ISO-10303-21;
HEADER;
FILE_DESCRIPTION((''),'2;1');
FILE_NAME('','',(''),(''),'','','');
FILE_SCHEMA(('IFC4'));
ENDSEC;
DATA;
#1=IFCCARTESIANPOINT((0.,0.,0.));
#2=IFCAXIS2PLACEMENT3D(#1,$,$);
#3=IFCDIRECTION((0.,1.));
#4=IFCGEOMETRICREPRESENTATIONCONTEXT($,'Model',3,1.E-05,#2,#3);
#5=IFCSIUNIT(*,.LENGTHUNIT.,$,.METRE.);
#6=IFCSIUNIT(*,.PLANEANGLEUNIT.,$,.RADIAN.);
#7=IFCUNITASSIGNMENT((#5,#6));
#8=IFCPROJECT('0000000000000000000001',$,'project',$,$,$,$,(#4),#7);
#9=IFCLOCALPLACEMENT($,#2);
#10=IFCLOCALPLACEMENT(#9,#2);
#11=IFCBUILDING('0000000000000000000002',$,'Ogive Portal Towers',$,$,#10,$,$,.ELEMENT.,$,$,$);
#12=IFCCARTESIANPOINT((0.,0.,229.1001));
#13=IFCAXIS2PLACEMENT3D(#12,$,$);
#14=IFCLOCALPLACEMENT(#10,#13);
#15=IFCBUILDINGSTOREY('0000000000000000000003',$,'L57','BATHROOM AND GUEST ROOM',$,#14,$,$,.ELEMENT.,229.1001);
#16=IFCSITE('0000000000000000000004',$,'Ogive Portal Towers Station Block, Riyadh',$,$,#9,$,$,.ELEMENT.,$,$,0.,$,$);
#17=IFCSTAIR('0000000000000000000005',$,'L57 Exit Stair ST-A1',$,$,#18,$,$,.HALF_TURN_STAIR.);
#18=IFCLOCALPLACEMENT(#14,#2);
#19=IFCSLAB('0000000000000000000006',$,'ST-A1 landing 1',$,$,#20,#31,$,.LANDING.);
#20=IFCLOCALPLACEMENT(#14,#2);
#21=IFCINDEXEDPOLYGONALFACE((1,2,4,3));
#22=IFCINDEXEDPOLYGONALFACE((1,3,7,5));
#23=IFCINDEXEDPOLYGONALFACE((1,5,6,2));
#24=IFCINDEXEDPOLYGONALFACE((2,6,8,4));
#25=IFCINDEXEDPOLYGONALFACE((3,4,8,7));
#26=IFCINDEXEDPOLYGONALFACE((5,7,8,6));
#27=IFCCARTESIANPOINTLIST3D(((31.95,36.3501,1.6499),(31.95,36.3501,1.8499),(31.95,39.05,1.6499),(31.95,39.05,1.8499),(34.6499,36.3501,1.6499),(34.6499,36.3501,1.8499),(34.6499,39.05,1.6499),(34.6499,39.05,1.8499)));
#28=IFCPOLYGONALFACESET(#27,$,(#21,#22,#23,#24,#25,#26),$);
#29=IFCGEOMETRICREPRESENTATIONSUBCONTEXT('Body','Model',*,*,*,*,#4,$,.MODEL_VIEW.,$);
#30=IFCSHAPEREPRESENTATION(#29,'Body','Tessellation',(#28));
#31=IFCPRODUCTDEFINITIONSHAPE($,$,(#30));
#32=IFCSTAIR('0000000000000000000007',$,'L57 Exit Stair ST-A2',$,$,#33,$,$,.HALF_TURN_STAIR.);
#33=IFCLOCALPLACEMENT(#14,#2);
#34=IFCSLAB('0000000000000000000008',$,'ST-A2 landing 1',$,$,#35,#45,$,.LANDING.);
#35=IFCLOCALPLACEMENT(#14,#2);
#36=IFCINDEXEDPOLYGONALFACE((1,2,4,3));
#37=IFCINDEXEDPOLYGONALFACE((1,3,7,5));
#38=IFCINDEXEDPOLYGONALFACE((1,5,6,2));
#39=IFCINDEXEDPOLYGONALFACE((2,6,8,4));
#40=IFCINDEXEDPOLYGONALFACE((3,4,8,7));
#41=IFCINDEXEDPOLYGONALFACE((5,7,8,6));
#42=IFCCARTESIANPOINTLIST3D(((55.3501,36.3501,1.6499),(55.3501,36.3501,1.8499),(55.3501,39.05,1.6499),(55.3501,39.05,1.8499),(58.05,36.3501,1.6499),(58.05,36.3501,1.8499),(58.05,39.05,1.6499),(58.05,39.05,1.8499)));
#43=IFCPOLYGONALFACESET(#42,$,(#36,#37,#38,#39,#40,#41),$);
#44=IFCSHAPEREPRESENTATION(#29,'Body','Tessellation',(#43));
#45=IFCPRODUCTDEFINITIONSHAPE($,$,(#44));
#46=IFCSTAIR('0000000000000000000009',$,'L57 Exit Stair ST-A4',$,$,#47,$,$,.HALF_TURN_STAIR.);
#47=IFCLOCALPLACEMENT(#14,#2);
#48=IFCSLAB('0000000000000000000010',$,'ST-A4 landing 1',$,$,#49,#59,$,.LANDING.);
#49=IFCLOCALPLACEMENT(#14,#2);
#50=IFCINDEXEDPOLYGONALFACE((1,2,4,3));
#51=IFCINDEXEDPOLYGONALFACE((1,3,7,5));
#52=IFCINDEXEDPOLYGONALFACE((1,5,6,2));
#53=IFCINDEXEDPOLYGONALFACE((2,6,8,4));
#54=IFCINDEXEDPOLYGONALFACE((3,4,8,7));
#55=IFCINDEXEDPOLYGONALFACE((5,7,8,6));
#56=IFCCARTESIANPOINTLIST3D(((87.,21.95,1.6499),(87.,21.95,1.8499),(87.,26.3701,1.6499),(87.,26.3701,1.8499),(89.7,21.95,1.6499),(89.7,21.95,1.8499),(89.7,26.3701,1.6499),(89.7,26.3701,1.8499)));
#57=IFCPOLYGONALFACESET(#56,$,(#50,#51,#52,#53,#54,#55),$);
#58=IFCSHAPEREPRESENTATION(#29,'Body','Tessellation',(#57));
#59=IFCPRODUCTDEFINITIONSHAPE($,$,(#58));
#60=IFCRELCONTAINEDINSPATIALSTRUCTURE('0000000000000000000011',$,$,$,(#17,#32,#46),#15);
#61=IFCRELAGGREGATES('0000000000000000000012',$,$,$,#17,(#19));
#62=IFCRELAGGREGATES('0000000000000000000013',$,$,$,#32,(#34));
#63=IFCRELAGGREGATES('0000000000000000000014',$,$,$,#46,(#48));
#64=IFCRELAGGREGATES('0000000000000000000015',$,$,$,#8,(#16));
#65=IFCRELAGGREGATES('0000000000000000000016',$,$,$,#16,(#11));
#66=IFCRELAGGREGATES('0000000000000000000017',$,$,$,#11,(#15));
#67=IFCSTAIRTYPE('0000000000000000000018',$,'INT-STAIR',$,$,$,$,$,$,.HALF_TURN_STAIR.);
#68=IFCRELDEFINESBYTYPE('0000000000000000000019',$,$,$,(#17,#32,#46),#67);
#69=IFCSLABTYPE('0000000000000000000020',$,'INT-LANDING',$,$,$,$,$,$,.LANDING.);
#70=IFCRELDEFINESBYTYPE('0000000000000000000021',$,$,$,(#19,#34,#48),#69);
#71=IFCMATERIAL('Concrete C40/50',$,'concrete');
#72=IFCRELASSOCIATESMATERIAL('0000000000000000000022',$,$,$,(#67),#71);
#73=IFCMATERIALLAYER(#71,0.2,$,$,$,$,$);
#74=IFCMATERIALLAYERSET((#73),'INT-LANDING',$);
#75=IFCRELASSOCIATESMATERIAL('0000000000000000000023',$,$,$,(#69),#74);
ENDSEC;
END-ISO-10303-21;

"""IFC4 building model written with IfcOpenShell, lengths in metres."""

from ifc_helpers import new_model, si_unit, direction, frame, origin, place, context, subcontext, project, spatial, polyline, outline, extrude, material, layer, layer_set, type_object, element, aggregate, save


model = new_model("IFC4")

# Units and contexts
model_context = context("Model", 3, precision=1e-05, world=origin(), true_north=direction((0.0, 1.0)))
body_context = subcontext(model_context, "Body", "Model", "MODEL_VIEW")
ifc_project = project(units=[si_unit("LENGTHUNIT", "METRE"), si_unit("PLANEANGLEUNIT", "RADIAN")], contexts=[model_context])

# Site, building, storey
site_placement = place(None, origin())
site = spatial("IfcSite", under=ifc_project, at=site_placement, Name="Ogive Portal Towers Station Block, Riyadh", CompositionType="ELEMENT", RefElevation=0.0)
building_placement = place(site_placement, origin())
building = spatial("IfcBuilding", under=site, at=building_placement, Name="Ogive Portal Towers", CompositionType="ELEMENT")
storey_placement = place(building_placement, frame((0.0, 0.0, 229.1001)))
storey = spatial("IfcBuildingStorey", under=building, at=storey_placement, Name="L57", Description="BATHROOM AND GUEST ROOM", CompositionType="ELEMENT", Elevation=229.1001)

# Stairs, slabs
ifc_material_1 = material(Name="Concrete C40/50", Category="concrete")
stair_type = type_object("IfcStairType", Name="INT-STAIR", PredefinedType="HALF_TURN_STAIR", material=ifc_material_1)
stair_1_placement = place(storey_placement, origin())
stair_1 = element("IfcStair", 1, at=stair_1_placement, inside=storey, type_object=stair_type, Name="L57 Exit Stair ST-A1", PredefinedType="HALF_TURN_STAIR")
ifc_layer_1 = layer(ifc_material_1, 0.2)
ifc_layer_set_1 = layer_set([ifc_layer_1], Name="INT-LANDING")
slab_type_1 = type_object("IfcSlabType", Name="INT-LANDING", PredefinedType="LANDING", material=ifc_layer_set_1)
slab_1_placement = place(storey_placement, frame((0.0, 0.0, 1.6499)))
slab_1 = element("IfcSlab", 2, at=slab_1_placement, type_object=slab_type_1, Name="ST-A1 landing 1", PredefinedType="LANDING", context=body_context, shape_type="SweptSolid", body=[
    extrude(outline(polyline([(34.6499, 39.05), (31.95, 39.05), (31.95, 36.3501), (34.6499, 36.3501), (34.6499, 39.05)])), origin(), (0.0, 0.0, 1.0), 0.2),
])
aggregate(stair_1, [slab_1])
stair_2_placement = place(storey_placement, origin())
stair_2 = element("IfcStair", 3, at=stair_2_placement, inside=storey, type_object=stair_type, Name="L57 Exit Stair ST-A2", PredefinedType="HALF_TURN_STAIR")
slab_2_placement = place(storey_placement, frame((0.0, 0.0, 1.6499)))
slab_2 = element("IfcSlab", 4, at=slab_2_placement, type_object=slab_type_1, Name="ST-A2 landing 1", PredefinedType="LANDING", context=body_context, shape_type="SweptSolid", body=[
    extrude(outline(polyline([(55.3501, 36.3501), (58.05, 36.3501), (58.05, 39.05), (55.3501, 39.05), (55.3501, 36.3501)])), origin(), (0.0, 0.0, 1.0), 0.2),
])
aggregate(stair_2, [slab_2])
stair_3_placement = place(storey_placement, origin())
stair_3 = element("IfcStair", 5, at=stair_3_placement, inside=storey, type_object=stair_type, Name="L57 Exit Stair ST-A4", PredefinedType="HALF_TURN_STAIR")
slab_3_placement = place(storey_placement, frame((0.0, 0.0, 1.6499)))
slab_3 = element("IfcSlab", 6, at=slab_3_placement, type_object=slab_type_1, Name="ST-A4 landing 1", PredefinedType="LANDING", context=body_context, shape_type="SweptSolid", body=[
    extrude(outline(polyline([(87.0, 26.3701), (87.0, 21.95), (89.7, 21.95), (89.7, 26.3701), (87.0, 26.3701)])), origin(), (0.0, 0.0, 1.0), 0.2),
])
aggregate(stair_3, [slab_3])

save(model, "model.ifc")
